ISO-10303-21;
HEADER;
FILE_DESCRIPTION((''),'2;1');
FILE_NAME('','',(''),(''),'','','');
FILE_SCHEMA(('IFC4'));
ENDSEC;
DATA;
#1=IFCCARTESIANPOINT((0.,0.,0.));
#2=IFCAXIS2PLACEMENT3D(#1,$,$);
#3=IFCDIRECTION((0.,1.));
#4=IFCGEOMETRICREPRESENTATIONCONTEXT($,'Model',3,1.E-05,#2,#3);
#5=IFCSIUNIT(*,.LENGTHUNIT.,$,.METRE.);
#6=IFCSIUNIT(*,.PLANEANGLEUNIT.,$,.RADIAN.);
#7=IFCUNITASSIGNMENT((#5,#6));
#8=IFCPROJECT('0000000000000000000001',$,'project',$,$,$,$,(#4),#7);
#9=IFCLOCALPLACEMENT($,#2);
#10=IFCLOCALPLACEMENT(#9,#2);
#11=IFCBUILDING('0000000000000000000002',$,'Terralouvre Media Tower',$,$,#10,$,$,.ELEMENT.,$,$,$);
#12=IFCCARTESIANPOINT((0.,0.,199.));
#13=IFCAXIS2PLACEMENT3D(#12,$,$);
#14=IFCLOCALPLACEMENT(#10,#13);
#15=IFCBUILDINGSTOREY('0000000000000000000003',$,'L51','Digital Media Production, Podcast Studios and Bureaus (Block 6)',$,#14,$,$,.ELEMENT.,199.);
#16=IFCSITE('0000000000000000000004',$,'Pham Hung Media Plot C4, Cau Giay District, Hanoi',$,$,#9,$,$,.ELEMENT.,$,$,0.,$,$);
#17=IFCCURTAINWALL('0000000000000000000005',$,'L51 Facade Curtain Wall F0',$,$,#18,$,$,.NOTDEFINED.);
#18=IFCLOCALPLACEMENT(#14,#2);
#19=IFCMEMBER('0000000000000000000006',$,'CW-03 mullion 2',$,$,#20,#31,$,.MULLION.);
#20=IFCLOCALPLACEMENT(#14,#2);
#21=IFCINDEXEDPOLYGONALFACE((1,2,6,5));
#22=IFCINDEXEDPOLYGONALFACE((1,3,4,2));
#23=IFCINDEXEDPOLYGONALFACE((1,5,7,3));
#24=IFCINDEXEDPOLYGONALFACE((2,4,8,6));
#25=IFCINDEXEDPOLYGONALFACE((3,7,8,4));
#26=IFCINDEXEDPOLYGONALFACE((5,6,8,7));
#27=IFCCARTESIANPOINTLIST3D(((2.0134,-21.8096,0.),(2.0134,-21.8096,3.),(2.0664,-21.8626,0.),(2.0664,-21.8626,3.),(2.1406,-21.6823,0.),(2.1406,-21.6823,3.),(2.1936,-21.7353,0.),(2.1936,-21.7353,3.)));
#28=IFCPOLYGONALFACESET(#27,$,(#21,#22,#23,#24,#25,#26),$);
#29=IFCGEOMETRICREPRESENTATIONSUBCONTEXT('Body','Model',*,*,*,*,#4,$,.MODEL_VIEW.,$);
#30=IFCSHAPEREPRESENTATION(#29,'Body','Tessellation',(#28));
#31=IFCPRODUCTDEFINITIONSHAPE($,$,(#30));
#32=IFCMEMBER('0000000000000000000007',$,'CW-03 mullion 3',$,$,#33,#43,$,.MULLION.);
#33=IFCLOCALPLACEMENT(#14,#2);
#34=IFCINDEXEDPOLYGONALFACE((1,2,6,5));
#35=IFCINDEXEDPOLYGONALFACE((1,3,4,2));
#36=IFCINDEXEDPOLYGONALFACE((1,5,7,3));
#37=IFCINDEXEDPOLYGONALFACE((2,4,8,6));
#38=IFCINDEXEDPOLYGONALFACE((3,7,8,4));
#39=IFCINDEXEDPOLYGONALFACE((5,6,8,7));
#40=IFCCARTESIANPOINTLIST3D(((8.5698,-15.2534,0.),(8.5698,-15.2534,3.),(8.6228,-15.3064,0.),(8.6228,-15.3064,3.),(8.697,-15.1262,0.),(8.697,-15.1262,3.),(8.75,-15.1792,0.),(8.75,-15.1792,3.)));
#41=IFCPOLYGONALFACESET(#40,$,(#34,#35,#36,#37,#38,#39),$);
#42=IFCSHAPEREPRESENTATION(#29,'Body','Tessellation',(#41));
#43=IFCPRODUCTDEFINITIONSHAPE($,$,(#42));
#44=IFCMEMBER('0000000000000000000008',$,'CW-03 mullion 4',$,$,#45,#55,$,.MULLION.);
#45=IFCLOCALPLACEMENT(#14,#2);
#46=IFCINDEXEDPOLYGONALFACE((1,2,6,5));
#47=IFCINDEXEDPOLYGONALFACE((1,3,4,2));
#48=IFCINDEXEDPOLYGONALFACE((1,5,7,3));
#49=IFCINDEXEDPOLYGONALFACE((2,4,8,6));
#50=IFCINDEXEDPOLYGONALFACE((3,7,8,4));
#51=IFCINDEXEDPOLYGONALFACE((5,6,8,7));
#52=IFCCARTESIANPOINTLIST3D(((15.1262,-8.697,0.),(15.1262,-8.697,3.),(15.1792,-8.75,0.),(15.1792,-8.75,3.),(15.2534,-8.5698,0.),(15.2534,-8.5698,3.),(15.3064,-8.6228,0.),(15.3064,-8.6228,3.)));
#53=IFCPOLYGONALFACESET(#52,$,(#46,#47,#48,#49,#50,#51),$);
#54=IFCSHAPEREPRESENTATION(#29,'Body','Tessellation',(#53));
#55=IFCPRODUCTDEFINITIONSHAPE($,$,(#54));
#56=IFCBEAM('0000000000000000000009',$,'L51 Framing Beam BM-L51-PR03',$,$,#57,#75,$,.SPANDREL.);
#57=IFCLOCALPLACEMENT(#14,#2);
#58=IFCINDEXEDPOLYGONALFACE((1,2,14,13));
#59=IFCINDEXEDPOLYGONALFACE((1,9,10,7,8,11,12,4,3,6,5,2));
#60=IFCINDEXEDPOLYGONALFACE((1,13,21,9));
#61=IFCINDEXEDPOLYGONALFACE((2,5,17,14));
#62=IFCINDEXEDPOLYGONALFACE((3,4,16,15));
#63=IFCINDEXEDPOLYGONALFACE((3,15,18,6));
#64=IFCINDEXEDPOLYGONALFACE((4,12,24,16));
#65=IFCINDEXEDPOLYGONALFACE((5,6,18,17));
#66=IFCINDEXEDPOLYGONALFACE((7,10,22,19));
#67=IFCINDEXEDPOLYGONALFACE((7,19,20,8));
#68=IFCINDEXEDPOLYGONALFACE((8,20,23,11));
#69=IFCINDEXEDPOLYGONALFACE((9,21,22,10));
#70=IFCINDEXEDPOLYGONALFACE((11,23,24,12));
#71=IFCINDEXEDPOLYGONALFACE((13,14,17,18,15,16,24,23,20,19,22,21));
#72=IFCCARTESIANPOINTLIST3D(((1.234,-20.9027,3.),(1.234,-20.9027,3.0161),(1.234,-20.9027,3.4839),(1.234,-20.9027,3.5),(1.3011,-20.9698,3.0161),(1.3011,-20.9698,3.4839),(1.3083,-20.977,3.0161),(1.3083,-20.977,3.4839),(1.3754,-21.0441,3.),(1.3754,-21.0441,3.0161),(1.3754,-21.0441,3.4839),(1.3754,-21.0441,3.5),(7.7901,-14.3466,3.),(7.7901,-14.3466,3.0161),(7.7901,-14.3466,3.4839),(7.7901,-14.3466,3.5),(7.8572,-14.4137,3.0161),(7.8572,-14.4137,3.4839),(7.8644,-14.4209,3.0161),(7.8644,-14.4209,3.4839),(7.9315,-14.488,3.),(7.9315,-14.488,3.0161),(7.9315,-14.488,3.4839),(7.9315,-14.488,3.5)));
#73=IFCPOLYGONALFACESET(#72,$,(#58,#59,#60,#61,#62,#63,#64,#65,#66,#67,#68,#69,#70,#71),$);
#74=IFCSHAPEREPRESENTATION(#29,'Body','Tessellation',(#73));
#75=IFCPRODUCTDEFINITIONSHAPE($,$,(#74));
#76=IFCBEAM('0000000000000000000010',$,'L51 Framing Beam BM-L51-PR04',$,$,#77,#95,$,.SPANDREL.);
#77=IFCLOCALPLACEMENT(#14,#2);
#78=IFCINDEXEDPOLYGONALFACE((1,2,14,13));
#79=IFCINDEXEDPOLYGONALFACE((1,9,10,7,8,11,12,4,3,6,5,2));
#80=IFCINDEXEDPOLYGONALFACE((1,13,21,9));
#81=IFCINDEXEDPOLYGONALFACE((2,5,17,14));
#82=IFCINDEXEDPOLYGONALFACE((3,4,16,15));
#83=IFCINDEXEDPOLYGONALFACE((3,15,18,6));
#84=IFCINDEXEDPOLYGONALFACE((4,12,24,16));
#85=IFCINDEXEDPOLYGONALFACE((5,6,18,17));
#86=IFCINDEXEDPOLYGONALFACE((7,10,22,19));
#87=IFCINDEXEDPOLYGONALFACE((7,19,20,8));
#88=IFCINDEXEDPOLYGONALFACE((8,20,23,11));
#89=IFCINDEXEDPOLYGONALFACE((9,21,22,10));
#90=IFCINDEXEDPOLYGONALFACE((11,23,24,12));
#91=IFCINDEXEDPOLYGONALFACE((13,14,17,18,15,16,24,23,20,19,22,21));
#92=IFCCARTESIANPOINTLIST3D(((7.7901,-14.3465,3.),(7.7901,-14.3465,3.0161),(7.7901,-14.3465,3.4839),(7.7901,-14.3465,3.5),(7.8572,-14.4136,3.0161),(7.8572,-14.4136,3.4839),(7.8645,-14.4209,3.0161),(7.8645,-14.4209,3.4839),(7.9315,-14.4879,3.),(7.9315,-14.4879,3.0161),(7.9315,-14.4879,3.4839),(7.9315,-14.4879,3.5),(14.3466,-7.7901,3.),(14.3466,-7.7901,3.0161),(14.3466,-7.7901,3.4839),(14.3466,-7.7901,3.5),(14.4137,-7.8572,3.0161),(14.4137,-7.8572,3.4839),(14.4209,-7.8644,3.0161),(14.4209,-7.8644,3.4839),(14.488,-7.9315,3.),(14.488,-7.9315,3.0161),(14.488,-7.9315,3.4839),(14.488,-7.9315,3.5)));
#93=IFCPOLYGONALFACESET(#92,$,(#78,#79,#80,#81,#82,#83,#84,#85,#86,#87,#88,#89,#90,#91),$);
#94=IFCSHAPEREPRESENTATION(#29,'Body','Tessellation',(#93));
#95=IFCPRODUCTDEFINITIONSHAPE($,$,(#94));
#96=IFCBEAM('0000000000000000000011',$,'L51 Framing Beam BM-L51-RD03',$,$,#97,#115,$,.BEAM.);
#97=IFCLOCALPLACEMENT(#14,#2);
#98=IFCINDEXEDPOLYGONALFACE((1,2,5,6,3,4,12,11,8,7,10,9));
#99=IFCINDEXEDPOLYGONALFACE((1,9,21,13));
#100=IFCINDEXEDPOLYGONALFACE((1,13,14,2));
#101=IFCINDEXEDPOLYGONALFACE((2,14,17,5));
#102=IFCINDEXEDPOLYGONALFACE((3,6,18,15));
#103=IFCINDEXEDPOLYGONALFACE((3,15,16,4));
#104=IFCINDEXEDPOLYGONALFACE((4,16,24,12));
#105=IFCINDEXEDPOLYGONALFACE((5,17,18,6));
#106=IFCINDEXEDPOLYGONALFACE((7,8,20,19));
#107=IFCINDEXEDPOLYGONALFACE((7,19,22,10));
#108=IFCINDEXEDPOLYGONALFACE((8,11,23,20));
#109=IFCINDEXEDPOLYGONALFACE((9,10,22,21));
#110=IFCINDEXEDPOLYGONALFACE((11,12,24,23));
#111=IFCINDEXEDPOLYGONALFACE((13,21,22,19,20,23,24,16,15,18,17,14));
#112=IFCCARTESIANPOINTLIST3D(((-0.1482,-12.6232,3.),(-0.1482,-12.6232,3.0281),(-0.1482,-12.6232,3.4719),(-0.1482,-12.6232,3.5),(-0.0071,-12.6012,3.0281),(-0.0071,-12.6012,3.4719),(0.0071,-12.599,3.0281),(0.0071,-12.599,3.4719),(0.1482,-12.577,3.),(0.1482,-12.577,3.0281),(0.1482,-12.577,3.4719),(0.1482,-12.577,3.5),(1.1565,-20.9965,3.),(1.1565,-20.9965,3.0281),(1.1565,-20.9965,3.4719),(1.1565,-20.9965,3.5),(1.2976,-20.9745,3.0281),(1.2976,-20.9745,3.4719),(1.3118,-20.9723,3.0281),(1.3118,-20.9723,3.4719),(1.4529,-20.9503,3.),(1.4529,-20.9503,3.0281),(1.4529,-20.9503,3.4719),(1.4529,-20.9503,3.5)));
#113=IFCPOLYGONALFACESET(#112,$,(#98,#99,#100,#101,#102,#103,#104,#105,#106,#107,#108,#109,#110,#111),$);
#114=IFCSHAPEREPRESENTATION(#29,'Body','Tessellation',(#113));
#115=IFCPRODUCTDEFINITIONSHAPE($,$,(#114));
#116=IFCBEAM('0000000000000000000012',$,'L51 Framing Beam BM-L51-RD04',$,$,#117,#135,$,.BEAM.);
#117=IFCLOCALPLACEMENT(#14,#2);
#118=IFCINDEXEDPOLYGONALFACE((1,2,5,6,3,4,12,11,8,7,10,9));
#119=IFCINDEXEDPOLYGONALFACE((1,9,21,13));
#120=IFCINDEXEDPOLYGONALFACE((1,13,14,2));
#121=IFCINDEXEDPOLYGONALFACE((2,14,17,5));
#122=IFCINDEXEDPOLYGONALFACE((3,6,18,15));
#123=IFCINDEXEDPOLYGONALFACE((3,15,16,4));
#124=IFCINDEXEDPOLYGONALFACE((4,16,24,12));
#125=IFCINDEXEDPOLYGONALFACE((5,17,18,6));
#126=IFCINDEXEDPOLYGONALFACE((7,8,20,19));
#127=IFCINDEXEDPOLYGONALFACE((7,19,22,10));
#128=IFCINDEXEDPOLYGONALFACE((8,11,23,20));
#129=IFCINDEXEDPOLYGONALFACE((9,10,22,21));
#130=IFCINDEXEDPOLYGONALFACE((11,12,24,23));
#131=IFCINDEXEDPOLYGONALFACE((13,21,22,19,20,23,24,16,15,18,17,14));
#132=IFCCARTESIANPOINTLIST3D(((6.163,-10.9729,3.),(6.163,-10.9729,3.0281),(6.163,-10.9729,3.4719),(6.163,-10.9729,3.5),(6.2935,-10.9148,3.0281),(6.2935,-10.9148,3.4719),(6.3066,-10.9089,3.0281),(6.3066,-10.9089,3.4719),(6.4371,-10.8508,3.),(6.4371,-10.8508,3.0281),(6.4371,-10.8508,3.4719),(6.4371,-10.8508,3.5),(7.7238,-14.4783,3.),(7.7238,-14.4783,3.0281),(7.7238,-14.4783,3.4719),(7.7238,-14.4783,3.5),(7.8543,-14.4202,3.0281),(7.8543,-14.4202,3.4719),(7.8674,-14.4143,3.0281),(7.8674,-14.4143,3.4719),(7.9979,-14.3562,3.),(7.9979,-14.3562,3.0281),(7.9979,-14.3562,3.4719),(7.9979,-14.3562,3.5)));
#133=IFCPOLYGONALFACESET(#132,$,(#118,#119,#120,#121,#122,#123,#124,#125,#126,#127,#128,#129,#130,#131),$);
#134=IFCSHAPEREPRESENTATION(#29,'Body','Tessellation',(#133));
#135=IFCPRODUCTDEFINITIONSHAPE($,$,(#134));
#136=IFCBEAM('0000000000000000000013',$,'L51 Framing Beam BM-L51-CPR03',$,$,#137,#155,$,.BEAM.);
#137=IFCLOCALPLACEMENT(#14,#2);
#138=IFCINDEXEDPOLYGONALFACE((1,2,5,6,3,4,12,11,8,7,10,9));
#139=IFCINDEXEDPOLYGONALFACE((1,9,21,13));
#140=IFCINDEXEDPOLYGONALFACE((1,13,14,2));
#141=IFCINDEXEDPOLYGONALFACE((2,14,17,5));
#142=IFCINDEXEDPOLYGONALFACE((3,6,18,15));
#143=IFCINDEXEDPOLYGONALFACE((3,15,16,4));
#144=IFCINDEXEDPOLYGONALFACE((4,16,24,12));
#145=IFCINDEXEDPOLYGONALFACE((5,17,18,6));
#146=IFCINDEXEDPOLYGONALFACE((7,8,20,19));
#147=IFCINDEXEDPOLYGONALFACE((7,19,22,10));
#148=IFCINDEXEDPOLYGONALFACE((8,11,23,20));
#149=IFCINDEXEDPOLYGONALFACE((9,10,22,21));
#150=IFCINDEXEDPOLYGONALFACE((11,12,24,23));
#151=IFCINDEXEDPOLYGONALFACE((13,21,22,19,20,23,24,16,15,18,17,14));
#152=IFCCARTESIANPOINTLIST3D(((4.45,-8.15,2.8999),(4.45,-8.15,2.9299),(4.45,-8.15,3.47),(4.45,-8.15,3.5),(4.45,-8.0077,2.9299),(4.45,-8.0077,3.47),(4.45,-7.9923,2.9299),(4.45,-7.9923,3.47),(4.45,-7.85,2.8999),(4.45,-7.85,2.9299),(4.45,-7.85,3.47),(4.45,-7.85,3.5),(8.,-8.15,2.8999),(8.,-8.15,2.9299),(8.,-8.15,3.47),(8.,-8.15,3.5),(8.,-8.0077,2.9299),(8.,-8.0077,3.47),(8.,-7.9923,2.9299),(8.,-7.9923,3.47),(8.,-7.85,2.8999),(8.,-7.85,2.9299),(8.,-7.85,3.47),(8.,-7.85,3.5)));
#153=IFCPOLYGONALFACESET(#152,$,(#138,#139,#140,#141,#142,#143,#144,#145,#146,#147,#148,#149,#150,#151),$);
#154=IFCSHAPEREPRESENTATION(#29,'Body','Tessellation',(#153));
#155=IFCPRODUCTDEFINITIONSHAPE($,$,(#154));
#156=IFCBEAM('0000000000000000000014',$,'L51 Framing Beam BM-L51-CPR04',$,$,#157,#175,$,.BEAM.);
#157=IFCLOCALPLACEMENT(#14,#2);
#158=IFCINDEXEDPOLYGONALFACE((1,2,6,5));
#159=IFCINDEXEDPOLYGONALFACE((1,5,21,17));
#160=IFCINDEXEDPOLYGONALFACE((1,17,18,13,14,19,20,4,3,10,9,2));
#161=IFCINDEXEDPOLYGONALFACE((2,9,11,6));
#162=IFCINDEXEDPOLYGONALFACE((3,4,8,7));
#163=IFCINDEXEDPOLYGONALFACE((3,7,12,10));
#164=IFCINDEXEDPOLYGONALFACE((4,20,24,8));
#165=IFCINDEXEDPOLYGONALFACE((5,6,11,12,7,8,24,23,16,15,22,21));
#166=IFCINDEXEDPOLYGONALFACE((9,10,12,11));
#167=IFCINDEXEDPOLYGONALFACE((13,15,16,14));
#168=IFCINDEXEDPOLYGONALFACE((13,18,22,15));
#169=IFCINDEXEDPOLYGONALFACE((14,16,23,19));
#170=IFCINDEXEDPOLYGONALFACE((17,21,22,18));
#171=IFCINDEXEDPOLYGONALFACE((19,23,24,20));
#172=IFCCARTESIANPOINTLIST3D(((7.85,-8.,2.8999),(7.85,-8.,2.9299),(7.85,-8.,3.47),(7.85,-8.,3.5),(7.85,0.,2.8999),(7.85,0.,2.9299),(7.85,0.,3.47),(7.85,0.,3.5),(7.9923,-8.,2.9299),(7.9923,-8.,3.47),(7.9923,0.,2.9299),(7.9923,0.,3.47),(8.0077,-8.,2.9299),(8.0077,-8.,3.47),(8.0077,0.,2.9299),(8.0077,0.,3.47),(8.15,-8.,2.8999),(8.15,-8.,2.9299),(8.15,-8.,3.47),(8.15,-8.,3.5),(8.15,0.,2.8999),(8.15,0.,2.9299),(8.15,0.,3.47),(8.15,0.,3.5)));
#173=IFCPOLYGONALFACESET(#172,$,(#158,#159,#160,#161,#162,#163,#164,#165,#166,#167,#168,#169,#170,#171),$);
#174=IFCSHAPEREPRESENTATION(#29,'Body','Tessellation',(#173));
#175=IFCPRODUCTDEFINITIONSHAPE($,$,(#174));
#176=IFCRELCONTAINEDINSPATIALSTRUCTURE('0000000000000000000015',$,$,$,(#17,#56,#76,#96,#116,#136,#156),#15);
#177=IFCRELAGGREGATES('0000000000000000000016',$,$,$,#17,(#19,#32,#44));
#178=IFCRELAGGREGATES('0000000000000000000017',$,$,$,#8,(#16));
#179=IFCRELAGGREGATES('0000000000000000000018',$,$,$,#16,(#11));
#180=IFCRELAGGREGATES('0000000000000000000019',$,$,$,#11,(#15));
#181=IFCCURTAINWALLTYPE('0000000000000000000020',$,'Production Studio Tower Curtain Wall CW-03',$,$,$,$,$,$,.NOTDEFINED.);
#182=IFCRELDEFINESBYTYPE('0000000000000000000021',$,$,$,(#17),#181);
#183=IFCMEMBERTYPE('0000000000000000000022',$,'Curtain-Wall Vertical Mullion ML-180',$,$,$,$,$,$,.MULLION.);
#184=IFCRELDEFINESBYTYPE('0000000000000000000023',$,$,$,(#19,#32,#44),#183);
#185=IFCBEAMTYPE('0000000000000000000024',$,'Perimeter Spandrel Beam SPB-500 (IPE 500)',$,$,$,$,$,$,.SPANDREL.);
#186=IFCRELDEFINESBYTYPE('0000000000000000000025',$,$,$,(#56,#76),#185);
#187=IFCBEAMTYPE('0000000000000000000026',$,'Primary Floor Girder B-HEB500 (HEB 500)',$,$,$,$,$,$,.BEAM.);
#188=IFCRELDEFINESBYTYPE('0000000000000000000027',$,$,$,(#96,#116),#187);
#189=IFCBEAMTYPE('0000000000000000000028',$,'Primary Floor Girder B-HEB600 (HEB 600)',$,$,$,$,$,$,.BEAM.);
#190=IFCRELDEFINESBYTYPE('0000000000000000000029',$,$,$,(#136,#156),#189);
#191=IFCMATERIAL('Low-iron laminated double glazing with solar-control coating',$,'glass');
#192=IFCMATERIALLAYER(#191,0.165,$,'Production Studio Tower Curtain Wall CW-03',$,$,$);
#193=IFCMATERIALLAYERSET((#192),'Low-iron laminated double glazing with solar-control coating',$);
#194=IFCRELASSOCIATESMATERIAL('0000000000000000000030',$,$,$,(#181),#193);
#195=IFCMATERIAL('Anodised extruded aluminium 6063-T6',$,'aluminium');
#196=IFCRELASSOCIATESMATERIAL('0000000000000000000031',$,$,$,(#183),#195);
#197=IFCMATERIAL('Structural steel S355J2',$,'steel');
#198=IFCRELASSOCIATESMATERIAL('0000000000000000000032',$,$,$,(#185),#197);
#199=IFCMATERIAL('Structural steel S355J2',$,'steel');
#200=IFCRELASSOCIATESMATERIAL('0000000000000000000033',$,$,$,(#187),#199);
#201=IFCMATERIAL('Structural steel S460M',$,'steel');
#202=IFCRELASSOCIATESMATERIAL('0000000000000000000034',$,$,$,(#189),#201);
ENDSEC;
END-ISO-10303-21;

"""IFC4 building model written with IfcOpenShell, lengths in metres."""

from ifc_helpers import new_model, si_unit, direction, frame, origin, origin_2d, place, context, subcontext, project, spatial, rectangle, i_section, extrude, material, layer, layer_set, material_profile, profile_set, type_object, element, aggregate, save


model = new_model("IFC4")

# Units and contexts
model_context = context("Model", 3, precision=1e-05, world=origin(), true_north=direction((0.0, 1.0)))
body_context = subcontext(model_context, "Body", "Model", "MODEL_VIEW")
ifc_project = project(units=[si_unit("LENGTHUNIT", "METRE"), si_unit("PLANEANGLEUNIT", "RADIAN")], contexts=[model_context])

# Site, building, storey
site_placement = place(None, origin())
site = spatial("IfcSite", under=ifc_project, at=site_placement, Name="Pham Hung Media Plot C4, Cau Giay District, Hanoi", CompositionType="ELEMENT", RefElevation=0.0)
building_placement = place(site_placement, origin())
building = spatial("IfcBuilding", under=site, at=building_placement, Name="Terralouvre Media Tower", CompositionType="ELEMENT")
storey_placement = place(building_placement, frame((0.0, 0.0, 199.0)))
storey = spatial("IfcBuildingStorey", under=building, at=storey_placement, Name="L51", Description="Digital Media Production, Podcast Studios and Bureaus (Block 6)", CompositionType="ELEMENT", Elevation=199.0)

# Curtain wall, members
ifc_material_1 = material(Name="Low-iron laminated double glazing with solar-control coating", Category="glass")
ifc_layer_1 = layer(ifc_material_1, 0.165, Name="Production Studio Tower Curtain Wall CW-03")
ifc_layer_set_1 = layer_set([ifc_layer_1], Name="Low-iron laminated double glazing with solar-control coating")
curtain_wall_type = type_object("IfcCurtainWallType", Name="Production Studio Tower Curtain Wall CW-03", PredefinedType="NOTDEFINED", material=ifc_layer_set_1)
curtain_wall_placement = place(storey_placement, origin())
curtain_wall = element("IfcCurtainWall", 1, at=curtain_wall_placement, inside=storey, type_object=curtain_wall_type, Name="L51 Facade Curtain Wall F0", PredefinedType="NOTDEFINED")
ifc_material_2 = material(Name="Anodised extruded aluminium 6063-T6", Category="aluminium")
ifc_material_profile_1 = material_profile(ifc_material_2, rectangle(XDim=0.075, YDim=0.1799, at=origin_2d()), Name="ALU 75x180")
ifc_profile_set_1 = profile_set([ifc_material_profile_1], Name="Anodised extruded aluminium 6063-T6")
member_type_1 = type_object("IfcMemberType", Name="Curtain-Wall Vertical Mullion ML-180", PredefinedType="MULLION", material=ifc_profile_set_1)
member_1_placement = place(storey_placement, frame((2.1035, -21.7725, 0.0), z_axis=(0.0, 0.0, 1.0), x_axis=(-0.707107, 0.707107, 0.0)))
member_1 = element("IfcMember", 2, at=member_1_placement, type_object=member_type_1, Name="CW-03 mullion 2", PredefinedType="MULLION", context=body_context, shape_type="SweptSolid", body=[
    extrude(rectangle(XDim=0.075, YDim=0.1799, at=origin_2d()), origin(), (0.0, 0.0, 1.0), 3.0),
])
member_2_placement = place(storey_placement, frame((8.6599, -15.2163, 0.0), z_axis=(0.0, 0.0, 1.0), x_axis=(-0.707107, 0.707107, 0.0)))
member_2 = element("IfcMember", 3, at=member_2_placement, type_object=member_type_1, Name="CW-03 mullion 3", PredefinedType="MULLION", context=body_context, shape_type="SweptSolid", body=[
    extrude(rectangle(XDim=0.075, YDim=0.1799, at=origin_2d()), origin(), (0.0, 0.0, 1.0), 3.0),
])
member_3_placement = place(storey_placement, frame((15.2163, -8.6599, 0.0), z_axis=(0.0, 0.0, 1.0), x_axis=(-0.707107, 0.707107, 0.0)))
member_3 = element("IfcMember", 4, at=member_3_placement, type_object=member_type_1, Name="CW-03 mullion 4", PredefinedType="MULLION", context=body_context, shape_type="SweptSolid", body=[
    extrude(rectangle(XDim=0.075, YDim=0.1799, at=origin_2d()), origin(), (0.0, 0.0, 1.0), 3.0),
])

# Beams
ifc_material_3 = material(Name="Structural steel S355J2", Category="steel")
ifc_material_profile_2 = material_profile(ifc_material_3, i_section(OverallWidth=0.2, OverallDepth=0.5, WebThickness=0.0103, FlangeThickness=0.0161, at=origin_2d()), Name="IPE 500")
ifc_profile_set_2 = profile_set([ifc_material_profile_2], Name="Structural steel S355J2")
beam_type_1 = type_object("IfcBeamType", Name="Perimeter Spandrel Beam SPB-500 (IPE 500)", PredefinedType="SPANDREL", material=ifc_profile_set_2)
beam_1_placement = place(storey_placement, frame((1.3047, -20.9734, 3.25), z_axis=(0.707107, 0.707107, 0.0), x_axis=(-0.707107, 0.707107, 0.0)))
element("IfcBeam", 5, at=beam_1_placement, inside=storey, type_object=beam_type_1, Name="L51 Framing Beam BM-L51-PR03", PredefinedType="SPANDREL", context=body_context, shape_type="SweptSolid", body=[
    extrude(i_section(OverallWidth=0.2, OverallDepth=0.5, WebThickness=0.0103, FlangeThickness=0.0161, at=origin_2d()), origin(), (0.0, 0.0, 1.0), 9.2717),
])
beam_2_placement = place(storey_placement, frame((7.8608, -14.4172, 3.25), z_axis=(0.707107, 0.707107, 0.0), x_axis=(-0.707107, 0.707107, 0.0)))
element("IfcBeam", 6, at=beam_2_placement, inside=storey, type_object=beam_type_1, Name="L51 Framing Beam BM-L51-PR04", PredefinedType="SPANDREL", context=body_context, shape_type="SweptSolid", body=[
    extrude(i_section(OverallWidth=0.2, OverallDepth=0.5, WebThickness=0.0103, FlangeThickness=0.0161, at=origin_2d()), origin(), (0.0, 0.0, 1.0), 9.2722),
])
ifc_material_4 = material(Name="Structural steel S355J2", Category="steel")
ifc_material_profile_3 = material_profile(ifc_material_4, i_section(OverallWidth=0.3, OverallDepth=0.5, WebThickness=0.0144, FlangeThickness=0.0281, at=origin_2d()), Name="HEB 500")
ifc_profile_set_3 = profile_set([ifc_material_profile_3], Name="Structural steel S355J2")
beam_type_2 = type_object("IfcBeamType", Name="Primary Floor Girder B-HEB500 (HEB 500)", PredefinedType="BEAM", material=ifc_profile_set_3)
beam_3_placement = place(storey_placement, frame((0.0, -12.6001, 3.25), z_axis=(0.153958, -0.988077, 0.0), x_axis=(0.988077, 0.153958, 0.0)))
element("IfcBeam", 7, at=beam_3_placement, inside=storey, type_object=beam_type_2, Name="L51 Framing Beam BM-L51-RD03", PredefinedType="BEAM", context=body_context, shape_type="SweptSolid", body=[
    extrude(i_section(OverallWidth=0.3, OverallDepth=0.5, WebThickness=0.0144, FlangeThickness=0.0281, at=origin_2d()), origin(), (0.0, 0.0, 1.0), 8.4744),
])
beam_4_placement = place(storey_placement, frame((6.3, -10.9119, 3.25), z_axis=(0.406758, -0.913536, 0.0), x_axis=(0.913536, 0.406758, 0.0)))
element("IfcBeam", 8, at=beam_4_placement, inside=storey, type_object=beam_type_2, Name="L51 Framing Beam BM-L51-RD04", PredefinedType="BEAM", context=body_context, shape_type="SweptSolid", body=[
    extrude(i_section(OverallWidth=0.3, OverallDepth=0.5, WebThickness=0.0144, FlangeThickness=0.0281, at=origin_2d()), origin(), (0.0, 0.0, 1.0), 3.8372),
])
ifc_material_5 = material(Name="Structural steel S460M", Category="steel")
ifc_material_profile_4 = material_profile(ifc_material_5, i_section(OverallWidth=0.3, OverallDepth=0.6001, WebThickness=0.0154, FlangeThickness=0.03, at=origin_2d()), Name="HEB 600")
ifc_profile_set_4 = profile_set([ifc_material_profile_4], Name="Structural steel S460M")
beam_type_3 = type_object("IfcBeamType", Name="Primary Floor Girder B-HEB600 (HEB 600)", PredefinedType="BEAM", material=ifc_profile_set_4)
beam_5_placement = place(storey_placement, frame((4.45, -8.0, 3.2), z_axis=(1.0, 0.0, 0.0), x_axis=(0.0, 1.0, 0.0)))
element("IfcBeam", 9, at=beam_5_placement, inside=storey, type_object=beam_type_3, Name="L51 Framing Beam BM-L51-CPR03", PredefinedType="BEAM", context=body_context, shape_type="SweptSolid", body=[
    extrude(i_section(OverallWidth=0.3, OverallDepth=0.6001, WebThickness=0.0154, FlangeThickness=0.03, at=origin_2d()), origin(), (0.0, 0.0, 1.0), 3.55),
])
beam_6_placement = place(storey_placement, frame((8.0, -8.0, 3.2), z_axis=(0.0, 1.0, 0.0), x_axis=(-1.0, 0.0, 0.0)))
element("IfcBeam", 10, at=beam_6_placement, inside=storey, type_object=beam_type_3, Name="L51 Framing Beam BM-L51-CPR04", PredefinedType="BEAM", context=body_context, shape_type="SweptSolid", body=[
    extrude(i_section(OverallWidth=0.3, OverallDepth=0.6001, WebThickness=0.0154, FlangeThickness=0.03, at=origin_2d()), origin(), (0.0, 0.0, 1.0), 8.0),
])

aggregate(curtain_wall, [member_1, member_2, member_3])

save(model, "model.ifc")
